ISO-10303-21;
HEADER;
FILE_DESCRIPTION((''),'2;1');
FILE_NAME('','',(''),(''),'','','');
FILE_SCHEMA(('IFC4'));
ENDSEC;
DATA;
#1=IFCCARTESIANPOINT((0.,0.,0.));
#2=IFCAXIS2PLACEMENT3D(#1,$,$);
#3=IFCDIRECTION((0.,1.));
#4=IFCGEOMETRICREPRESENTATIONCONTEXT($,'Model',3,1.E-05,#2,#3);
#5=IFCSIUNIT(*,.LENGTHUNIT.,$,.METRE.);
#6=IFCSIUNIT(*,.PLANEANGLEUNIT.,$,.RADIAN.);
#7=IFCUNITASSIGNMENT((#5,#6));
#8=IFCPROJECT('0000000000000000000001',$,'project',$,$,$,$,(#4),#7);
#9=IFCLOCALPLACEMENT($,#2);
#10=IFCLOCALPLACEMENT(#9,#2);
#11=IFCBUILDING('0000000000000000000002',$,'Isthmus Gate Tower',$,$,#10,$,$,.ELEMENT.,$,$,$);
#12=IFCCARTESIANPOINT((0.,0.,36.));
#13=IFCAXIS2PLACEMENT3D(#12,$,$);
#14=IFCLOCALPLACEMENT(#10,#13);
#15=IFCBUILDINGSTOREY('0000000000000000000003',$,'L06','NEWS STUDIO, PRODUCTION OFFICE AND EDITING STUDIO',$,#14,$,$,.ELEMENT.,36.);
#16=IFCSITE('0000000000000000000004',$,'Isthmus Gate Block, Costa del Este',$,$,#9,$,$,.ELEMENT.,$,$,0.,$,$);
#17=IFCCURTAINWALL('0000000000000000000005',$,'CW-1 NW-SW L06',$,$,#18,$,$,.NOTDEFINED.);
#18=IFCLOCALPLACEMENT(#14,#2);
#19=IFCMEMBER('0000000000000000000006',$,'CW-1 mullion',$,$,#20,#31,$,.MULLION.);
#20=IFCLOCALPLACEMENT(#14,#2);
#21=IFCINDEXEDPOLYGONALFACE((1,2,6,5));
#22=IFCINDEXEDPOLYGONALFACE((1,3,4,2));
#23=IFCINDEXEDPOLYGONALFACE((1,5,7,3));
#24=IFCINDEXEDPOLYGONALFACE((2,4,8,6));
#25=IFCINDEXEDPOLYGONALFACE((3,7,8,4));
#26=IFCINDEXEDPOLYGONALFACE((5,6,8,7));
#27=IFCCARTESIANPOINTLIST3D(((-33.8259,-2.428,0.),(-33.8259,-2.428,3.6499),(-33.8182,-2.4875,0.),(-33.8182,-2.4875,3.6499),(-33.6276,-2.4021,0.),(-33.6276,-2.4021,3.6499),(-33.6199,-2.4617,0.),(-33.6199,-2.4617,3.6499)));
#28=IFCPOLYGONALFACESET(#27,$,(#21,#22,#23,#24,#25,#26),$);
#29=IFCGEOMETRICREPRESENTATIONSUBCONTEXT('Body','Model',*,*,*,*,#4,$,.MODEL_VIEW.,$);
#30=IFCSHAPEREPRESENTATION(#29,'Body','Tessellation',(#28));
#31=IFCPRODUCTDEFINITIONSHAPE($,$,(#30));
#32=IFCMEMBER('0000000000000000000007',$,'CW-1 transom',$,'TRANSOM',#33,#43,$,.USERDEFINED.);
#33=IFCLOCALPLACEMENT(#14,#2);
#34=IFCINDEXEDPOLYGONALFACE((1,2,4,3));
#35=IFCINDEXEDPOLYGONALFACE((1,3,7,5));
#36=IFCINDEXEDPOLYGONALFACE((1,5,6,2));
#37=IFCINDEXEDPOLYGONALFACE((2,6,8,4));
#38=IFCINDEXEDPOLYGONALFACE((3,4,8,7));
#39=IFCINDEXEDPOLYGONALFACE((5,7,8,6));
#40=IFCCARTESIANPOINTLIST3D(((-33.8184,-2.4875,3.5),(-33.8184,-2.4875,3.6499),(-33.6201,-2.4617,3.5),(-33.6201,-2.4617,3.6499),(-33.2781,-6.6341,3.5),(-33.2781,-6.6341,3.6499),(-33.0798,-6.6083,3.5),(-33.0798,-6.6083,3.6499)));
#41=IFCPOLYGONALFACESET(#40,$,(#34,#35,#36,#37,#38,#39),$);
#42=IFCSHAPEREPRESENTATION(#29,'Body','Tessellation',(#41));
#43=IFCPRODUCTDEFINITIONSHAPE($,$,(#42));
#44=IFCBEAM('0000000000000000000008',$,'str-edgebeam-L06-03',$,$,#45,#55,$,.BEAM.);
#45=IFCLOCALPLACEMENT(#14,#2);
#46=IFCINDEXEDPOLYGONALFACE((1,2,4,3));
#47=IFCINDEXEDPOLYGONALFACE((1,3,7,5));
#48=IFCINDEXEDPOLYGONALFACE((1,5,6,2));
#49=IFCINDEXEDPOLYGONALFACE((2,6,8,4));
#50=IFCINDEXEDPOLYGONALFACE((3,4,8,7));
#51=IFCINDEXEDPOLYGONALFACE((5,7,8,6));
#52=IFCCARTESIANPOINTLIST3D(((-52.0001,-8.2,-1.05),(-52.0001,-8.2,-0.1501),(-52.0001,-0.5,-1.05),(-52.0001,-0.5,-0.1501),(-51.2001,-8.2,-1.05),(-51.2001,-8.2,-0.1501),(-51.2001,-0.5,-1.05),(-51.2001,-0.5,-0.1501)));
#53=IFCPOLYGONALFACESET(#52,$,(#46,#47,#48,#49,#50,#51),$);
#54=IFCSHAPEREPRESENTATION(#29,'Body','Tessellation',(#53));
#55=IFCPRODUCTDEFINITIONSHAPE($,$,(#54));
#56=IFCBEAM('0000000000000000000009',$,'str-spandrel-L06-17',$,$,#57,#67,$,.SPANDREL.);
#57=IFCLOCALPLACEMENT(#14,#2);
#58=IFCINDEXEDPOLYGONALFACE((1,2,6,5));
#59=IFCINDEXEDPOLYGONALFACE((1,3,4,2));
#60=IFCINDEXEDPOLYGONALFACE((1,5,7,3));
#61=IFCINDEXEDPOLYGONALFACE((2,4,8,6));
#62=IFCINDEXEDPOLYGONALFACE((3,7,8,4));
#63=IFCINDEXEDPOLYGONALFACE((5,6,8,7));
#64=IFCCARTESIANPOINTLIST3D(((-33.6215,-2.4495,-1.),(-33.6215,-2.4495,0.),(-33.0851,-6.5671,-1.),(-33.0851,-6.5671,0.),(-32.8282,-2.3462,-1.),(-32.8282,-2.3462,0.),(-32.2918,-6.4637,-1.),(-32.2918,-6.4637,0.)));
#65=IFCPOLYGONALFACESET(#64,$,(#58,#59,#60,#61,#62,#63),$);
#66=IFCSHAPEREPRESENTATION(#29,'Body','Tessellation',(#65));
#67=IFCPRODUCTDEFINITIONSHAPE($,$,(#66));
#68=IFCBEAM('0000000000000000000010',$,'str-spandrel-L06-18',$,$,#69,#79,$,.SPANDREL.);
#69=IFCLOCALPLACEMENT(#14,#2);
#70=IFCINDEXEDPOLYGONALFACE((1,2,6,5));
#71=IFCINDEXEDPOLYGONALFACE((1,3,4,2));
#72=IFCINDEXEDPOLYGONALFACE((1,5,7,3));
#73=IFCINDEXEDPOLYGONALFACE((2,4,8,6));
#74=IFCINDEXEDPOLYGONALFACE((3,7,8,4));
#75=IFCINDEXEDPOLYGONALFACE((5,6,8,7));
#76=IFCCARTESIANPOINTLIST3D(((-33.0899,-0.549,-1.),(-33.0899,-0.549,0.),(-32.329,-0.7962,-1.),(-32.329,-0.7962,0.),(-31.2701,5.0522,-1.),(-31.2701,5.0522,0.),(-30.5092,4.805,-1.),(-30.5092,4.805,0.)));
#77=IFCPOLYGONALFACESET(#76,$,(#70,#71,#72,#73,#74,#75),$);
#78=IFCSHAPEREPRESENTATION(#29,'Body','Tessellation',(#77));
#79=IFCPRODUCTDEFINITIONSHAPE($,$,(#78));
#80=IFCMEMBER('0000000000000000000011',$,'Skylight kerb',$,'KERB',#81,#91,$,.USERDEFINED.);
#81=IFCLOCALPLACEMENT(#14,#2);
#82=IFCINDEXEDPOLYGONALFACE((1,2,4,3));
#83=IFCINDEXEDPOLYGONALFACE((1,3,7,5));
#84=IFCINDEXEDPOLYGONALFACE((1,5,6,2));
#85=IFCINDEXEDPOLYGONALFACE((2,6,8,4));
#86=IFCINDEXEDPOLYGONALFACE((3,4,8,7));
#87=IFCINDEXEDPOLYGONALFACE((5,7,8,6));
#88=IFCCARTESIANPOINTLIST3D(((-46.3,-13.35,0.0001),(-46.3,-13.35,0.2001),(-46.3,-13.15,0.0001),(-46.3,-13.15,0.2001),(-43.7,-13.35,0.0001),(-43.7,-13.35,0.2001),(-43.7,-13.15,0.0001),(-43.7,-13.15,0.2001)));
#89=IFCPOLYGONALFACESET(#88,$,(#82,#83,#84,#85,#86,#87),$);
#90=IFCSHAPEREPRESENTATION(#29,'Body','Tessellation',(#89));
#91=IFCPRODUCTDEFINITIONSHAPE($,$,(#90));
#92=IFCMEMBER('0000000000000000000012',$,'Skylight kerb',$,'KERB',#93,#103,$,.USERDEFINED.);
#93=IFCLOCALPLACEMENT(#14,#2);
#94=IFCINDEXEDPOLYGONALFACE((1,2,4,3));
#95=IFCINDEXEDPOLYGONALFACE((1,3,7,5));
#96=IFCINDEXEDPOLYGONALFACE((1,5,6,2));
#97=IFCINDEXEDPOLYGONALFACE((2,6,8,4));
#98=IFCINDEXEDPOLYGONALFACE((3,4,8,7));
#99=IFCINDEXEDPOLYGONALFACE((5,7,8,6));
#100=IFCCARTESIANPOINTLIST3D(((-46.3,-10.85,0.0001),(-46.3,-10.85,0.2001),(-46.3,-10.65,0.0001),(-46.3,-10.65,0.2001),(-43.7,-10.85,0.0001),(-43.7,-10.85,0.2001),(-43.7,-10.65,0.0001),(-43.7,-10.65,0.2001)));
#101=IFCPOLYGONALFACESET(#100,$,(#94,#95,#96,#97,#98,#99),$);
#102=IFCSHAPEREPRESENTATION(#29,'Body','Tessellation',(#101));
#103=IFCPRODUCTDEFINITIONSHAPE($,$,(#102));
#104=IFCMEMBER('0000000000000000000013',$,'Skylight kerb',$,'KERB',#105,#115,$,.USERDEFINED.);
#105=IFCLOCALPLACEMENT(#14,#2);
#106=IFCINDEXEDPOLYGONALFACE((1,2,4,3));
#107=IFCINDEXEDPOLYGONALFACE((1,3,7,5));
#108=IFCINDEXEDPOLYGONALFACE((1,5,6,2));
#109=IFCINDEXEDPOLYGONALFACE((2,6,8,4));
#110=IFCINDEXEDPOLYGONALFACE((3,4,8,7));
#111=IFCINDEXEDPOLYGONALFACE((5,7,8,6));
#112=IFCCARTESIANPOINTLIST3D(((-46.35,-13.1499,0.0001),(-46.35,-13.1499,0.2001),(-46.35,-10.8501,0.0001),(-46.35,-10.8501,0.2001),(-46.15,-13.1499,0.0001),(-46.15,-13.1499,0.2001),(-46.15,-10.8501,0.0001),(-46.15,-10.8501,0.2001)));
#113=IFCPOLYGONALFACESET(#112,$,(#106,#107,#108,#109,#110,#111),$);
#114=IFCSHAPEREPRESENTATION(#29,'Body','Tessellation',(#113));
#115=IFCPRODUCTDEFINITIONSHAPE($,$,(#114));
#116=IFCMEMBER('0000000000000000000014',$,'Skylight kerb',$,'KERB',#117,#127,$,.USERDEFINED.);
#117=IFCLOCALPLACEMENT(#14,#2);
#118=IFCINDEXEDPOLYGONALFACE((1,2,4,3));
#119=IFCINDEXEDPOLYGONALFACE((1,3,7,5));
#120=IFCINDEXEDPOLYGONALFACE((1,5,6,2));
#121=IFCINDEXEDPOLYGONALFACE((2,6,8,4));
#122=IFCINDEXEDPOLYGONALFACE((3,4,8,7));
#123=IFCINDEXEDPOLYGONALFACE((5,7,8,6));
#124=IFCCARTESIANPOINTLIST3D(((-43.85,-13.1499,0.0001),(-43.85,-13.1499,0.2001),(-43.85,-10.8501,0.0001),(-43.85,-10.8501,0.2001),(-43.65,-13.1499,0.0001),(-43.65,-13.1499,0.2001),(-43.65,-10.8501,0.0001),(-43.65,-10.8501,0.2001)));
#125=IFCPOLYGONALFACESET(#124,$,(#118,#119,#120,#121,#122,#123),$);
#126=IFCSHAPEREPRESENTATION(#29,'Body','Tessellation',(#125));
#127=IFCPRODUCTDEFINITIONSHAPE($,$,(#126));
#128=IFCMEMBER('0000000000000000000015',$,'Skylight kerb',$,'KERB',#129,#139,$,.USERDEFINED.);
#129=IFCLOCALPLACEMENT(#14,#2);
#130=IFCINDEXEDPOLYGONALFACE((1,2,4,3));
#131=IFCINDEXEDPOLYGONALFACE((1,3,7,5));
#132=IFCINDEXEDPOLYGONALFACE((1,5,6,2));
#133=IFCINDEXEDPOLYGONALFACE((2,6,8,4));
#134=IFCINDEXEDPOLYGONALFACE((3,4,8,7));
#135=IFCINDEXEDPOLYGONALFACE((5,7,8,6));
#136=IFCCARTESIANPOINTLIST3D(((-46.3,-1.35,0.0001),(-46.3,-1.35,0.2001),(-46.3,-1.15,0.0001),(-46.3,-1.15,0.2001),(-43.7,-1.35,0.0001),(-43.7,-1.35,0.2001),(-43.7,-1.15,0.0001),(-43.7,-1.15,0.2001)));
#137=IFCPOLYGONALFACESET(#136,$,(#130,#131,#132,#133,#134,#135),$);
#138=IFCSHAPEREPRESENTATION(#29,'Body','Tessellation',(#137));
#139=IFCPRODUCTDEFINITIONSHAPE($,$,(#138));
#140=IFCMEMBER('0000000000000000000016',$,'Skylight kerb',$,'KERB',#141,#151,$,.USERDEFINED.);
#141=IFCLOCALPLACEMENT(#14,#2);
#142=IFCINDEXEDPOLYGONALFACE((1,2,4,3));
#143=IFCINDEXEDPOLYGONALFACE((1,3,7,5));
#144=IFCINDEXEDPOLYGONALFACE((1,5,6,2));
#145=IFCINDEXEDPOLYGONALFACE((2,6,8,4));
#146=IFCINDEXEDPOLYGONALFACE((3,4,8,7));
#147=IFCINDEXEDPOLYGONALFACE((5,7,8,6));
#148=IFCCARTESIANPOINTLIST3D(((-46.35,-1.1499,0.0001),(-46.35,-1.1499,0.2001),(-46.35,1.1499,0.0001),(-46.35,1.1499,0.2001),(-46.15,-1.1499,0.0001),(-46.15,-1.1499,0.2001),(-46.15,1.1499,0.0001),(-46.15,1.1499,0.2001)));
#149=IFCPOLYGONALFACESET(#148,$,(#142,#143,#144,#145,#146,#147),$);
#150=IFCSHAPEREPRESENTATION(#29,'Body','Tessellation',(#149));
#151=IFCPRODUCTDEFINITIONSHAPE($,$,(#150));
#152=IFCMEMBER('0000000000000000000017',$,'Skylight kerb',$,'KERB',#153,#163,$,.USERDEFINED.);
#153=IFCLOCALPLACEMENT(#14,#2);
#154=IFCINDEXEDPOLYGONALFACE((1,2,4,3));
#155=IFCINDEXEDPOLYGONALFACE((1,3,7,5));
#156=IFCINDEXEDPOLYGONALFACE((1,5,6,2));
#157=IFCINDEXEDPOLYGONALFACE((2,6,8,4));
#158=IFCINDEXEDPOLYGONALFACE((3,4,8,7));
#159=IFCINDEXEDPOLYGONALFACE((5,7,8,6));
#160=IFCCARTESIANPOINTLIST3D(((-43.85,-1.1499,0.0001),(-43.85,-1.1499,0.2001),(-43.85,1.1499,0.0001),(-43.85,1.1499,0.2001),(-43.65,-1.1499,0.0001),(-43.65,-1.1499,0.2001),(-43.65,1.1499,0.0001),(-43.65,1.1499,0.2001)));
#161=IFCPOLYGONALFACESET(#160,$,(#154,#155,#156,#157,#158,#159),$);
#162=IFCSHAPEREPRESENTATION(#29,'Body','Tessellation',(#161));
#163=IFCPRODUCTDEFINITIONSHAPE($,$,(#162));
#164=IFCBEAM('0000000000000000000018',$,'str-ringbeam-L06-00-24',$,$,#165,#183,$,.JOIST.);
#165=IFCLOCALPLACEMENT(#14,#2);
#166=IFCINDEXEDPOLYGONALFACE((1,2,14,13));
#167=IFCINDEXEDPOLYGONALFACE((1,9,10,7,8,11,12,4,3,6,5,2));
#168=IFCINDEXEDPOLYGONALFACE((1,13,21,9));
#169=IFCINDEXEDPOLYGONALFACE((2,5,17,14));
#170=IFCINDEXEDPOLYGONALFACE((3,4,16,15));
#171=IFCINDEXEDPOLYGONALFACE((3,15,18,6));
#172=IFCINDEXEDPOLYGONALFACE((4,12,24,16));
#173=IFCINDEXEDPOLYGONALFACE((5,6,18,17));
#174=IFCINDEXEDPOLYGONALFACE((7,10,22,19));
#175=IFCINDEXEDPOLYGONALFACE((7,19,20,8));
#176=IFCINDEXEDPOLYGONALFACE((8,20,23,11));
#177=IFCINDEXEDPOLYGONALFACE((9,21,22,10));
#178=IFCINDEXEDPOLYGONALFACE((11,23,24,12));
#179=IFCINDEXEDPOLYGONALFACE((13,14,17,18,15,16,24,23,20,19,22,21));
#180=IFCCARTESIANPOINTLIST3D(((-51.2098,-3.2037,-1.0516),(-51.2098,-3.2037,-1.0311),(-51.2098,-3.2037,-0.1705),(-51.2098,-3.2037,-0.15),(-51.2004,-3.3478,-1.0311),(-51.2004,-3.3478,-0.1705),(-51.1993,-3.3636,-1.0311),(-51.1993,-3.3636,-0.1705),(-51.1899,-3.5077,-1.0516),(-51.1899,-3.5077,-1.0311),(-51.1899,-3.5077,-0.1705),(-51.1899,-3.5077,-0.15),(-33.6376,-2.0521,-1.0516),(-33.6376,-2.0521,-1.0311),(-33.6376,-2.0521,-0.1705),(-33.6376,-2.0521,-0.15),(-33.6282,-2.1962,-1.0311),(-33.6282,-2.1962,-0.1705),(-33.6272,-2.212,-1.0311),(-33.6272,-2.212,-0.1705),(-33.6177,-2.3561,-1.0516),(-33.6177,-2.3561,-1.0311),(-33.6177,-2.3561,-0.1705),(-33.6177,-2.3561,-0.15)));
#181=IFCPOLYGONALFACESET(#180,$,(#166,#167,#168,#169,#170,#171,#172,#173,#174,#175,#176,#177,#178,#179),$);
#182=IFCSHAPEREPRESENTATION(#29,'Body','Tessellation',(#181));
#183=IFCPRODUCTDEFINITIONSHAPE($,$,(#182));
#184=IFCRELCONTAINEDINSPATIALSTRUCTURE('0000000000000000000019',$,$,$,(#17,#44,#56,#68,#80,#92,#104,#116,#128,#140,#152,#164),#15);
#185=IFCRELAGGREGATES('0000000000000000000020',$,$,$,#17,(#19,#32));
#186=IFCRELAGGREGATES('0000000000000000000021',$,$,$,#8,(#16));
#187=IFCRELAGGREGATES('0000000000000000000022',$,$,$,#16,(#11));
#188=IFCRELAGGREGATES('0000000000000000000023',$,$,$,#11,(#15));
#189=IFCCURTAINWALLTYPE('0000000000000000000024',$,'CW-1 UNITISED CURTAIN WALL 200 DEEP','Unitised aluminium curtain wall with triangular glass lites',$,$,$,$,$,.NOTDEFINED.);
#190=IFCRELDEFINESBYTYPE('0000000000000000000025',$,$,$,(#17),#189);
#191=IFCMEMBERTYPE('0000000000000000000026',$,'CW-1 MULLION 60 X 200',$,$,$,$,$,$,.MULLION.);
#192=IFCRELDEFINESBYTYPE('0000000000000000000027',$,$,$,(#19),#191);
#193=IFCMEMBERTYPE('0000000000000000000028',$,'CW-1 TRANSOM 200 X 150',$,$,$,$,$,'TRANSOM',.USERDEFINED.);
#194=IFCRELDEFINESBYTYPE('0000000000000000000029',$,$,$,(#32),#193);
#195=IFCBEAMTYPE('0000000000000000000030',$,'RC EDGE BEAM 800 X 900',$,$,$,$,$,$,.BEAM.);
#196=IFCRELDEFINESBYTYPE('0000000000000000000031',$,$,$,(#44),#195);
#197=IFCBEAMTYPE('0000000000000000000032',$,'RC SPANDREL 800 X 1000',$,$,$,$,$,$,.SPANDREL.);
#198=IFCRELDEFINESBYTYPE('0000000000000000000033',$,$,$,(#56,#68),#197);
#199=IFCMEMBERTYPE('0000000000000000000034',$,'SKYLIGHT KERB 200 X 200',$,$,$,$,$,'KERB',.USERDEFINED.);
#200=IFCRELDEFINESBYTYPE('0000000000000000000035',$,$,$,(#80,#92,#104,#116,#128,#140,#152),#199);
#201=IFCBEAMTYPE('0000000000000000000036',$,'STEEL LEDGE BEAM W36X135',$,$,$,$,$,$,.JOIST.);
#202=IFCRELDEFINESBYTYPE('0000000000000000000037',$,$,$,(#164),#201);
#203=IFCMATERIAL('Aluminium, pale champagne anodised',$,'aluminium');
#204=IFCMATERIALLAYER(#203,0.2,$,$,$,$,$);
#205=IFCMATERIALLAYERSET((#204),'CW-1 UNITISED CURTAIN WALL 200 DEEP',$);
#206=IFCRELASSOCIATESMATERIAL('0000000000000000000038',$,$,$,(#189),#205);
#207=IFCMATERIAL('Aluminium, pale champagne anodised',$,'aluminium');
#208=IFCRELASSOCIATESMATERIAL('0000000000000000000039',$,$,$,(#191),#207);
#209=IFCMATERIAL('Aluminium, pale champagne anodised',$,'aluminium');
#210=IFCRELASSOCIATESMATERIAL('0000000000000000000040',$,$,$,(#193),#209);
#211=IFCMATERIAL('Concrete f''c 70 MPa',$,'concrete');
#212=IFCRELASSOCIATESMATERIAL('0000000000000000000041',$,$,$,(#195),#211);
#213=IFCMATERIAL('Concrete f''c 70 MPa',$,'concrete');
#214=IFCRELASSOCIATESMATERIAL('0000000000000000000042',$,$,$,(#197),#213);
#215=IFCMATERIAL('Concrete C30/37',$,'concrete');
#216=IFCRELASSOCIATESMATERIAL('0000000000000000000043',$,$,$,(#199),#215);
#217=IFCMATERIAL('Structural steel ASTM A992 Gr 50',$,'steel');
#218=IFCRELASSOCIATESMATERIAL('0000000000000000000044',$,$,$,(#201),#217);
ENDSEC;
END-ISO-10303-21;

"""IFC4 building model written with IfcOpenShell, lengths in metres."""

from ifc_helpers import new_model, si_unit, direction, frame, origin, origin_2d, place, context, subcontext, project, spatial, rectangle, i_section, extrude, material, layer, layer_set, material_profile, profile_set, type_object, element, aggregate, save


model = new_model("IFC4")

# Units and contexts
model_context = context("Model", 3, precision=1e-05, world=origin(), true_north=direction((0.0, 1.0)))
body_context = subcontext(model_context, "Body", "Model", "MODEL_VIEW")
ifc_project = project(units=[si_unit("LENGTHUNIT", "METRE"), si_unit("PLANEANGLEUNIT", "RADIAN")], contexts=[model_context])

# Site, building, storey
site_placement = place(None, origin())
site = spatial("IfcSite", under=ifc_project, at=site_placement, Name="Isthmus Gate Block, Costa del Este", CompositionType="ELEMENT", RefElevation=0.0)
building_placement = place(site_placement, origin())
building = spatial("IfcBuilding", under=site, at=building_placement, Name="Isthmus Gate Tower", CompositionType="ELEMENT")
storey_placement = place(building_placement, frame((0.0, 0.0, 36.0)))
storey = spatial("IfcBuildingStorey", under=building, at=storey_placement, Name="L06", Description="NEWS STUDIO, PRODUCTION OFFICE AND EDITING STUDIO", CompositionType="ELEMENT", Elevation=36.0)

# Curtain wall, members
ifc_material_1 = material(Name="Aluminium, pale champagne anodised", Category="aluminium")
ifc_layer_1 = layer(ifc_material_1, 0.2)
ifc_layer_set_1 = layer_set([ifc_layer_1], Name="CW-1 UNITISED CURTAIN WALL 200 DEEP")
curtain_wall_type = type_object("IfcCurtainWallType", Name="CW-1 UNITISED CURTAIN WALL 200 DEEP", Description="Unitised aluminium curtain wall with triangular glass lites", PredefinedType="NOTDEFINED", material=ifc_layer_set_1)
curtain_wall_placement = place(storey_placement, origin())
curtain_wall = element("IfcCurtainWall", 1, at=curtain_wall_placement, inside=storey, type_object=curtain_wall_type, Name="CW-1 NW-SW L06", PredefinedType="NOTDEFINED")
ifc_material_2 = material(Name="Aluminium, pale champagne anodised", Category="aluminium")
ifc_material_profile_1 = material_profile(ifc_material_2, rectangle(XDim=0.0601, YDim=0.2, at=origin_2d()), Name="60x200")
ifc_profile_set_1 = profile_set([ifc_material_profile_1], Name="Aluminium, pale champagne anodised")
member_type_1 = type_object("IfcMemberType", Name="CW-1 MULLION 60 X 200", PredefinedType="MULLION", material=ifc_profile_set_1)
member_1_placement = place(storey_placement, frame((-33.7229, -2.4448, 0.0), z_axis=(0.0, 0.0, 1.0), x_axis=(0.129165, -0.991623, 0.0)))
member_1 = element("IfcMember", 2, at=member_1_placement, type_object=member_type_1, Name="CW-1 mullion", PredefinedType="MULLION", context=body_context, shape_type="SweptSolid", body=[
    extrude(rectangle(XDim=0.0601, YDim=0.2, at=origin_2d()), origin(), (0.0, 0.0, 1.0), 3.6499),
])
ifc_material_3 = material(Name="Aluminium, pale champagne anodised", Category="aluminium")
ifc_material_profile_2 = material_profile(ifc_material_3, rectangle(XDim=0.2, YDim=0.1499, at=origin_2d()), Name="200x150")
ifc_profile_set_2 = profile_set([ifc_material_profile_2], Name="Aluminium, pale champagne anodised")
member_type_2 = type_object("IfcMemberType", Name="CW-1 TRANSOM 200 X 150", ElementType="TRANSOM", PredefinedType="USERDEFINED", material=ifc_profile_set_2)
member_2_placement = place(storey_placement, frame((-33.7192, -2.4746, 3.575), z_axis=(0.129207, -0.991618, 0.0), x_axis=(0.991618, 0.129207, 0.0)))
member_2 = element("IfcMember", 3, at=member_2_placement, type_object=member_type_2, Name="CW-1 transom", ObjectType="TRANSOM", PredefinedType="USERDEFINED", context=body_context, shape_type="SweptSolid", body=[
    extrude(rectangle(XDim=0.2, YDim=0.1499, at=origin_2d()), origin(), (0.0, 0.0, 1.0), 4.1816),
])

# Beams
ifc_material_4 = material(Name="Concrete f'c 70 MPa", Category="concrete")
ifc_material_profile_3 = material_profile(ifc_material_4, rectangle(XDim=0.8, YDim=0.8999, at=origin_2d()), Name="RC 800X900")
ifc_profile_set_3 = profile_set([ifc_material_profile_3], Name="Concrete f'c 70 MPa")
beam_type_1 = type_object("IfcBeamType", Name="RC EDGE BEAM 800 X 900", PredefinedType="BEAM", material=ifc_profile_set_3)
beam_1_placement = place(storey_placement, frame((-51.6001, -8.2, -0.6001), z_axis=(0.0, 1.0, 0.0), x_axis=(-1.0, 0.0, 0.0)))
element("IfcBeam", 4, at=beam_1_placement, inside=storey, type_object=beam_type_1, Name="str-edgebeam-L06-03", PredefinedType="BEAM", context=body_context, shape_type="SweptSolid", body=[
    extrude(rectangle(XDim=0.8, YDim=0.8999, at=origin_2d()), origin(), (0.0, 0.0, 1.0), 7.7),
])
ifc_material_5 = material(Name="Concrete f'c 70 MPa", Category="concrete")
ifc_material_profile_4 = material_profile(ifc_material_5, rectangle(XDim=0.8, YDim=1.0, at=origin_2d()), Name="RC 800X1000")
ifc_profile_set_4 = profile_set([ifc_material_profile_4], Name="Concrete f'c 70 MPa")
beam_type_2 = type_object("IfcBeamType", Name="RC SPANDREL 800 X 1000", PredefinedType="SPANDREL", material=ifc_profile_set_4)
beam_2_placement = place(storey_placement, frame((-32.6885, -6.5154, -0.5), z_axis=(-0.129171, 0.991622, 0.0), x_axis=(-0.991622, -0.129171, 0.0)))
element("IfcBeam", 5, at=beam_2_placement, inside=storey, type_object=beam_type_2, Name="str-spandrel-L06-17", PredefinedType="SPANDREL", context=body_context, shape_type="SweptSolid", body=[
    extrude(rectangle(XDim=0.8, YDim=1.0, at=origin_2d()), origin(), (0.0, 0.0, 1.0), 4.1523),
])
beam_3_placement = place(storey_placement, frame((-32.7095, -0.6726, -0.5), z_axis=(0.309005, 0.95106, 0.0), x_axis=(-0.95106, 0.309005, 0.0)))
element("IfcBeam", 6, at=beam_3_placement, inside=storey, type_object=beam_type_2, Name="str-spandrel-L06-18", PredefinedType="SPANDREL", context=body_context, shape_type="SweptSolid", body=[
    extrude(rectangle(XDim=0.8, YDim=1.0, at=origin_2d()), origin(), (0.0, 0.0, 1.0), 5.8894),
])

# Members
ifc_material_6 = material(Name="Concrete C30/37", Category="concrete")
ifc_material_profile_5 = material_profile(ifc_material_6, rectangle(XDim=0.2, YDim=0.2, at=origin_2d()), Name="200x200")
ifc_profile_set_5 = profile_set([ifc_material_profile_5], Name="Concrete C30/37")
member_type_3 = type_object("IfcMemberType", Name="SKYLIGHT KERB 200 X 200", ElementType="KERB", PredefinedType="USERDEFINED", material=ifc_profile_set_5)
for number, where, z_axis, x_axis, name in (
    (7, (-46.3, -13.25, 0.1001), (1.0, 0.0, 0.0), (0.0, 1.0, 0.0), "Skylight kerb"),
    (8, (-46.3, -10.75, 0.1001), (1.0, 0.0, 0.0), (0.0, 1.0, 0.0), "Skylight kerb"),
):
    element("IfcMember", number, at=place(storey_placement, frame(where, z_axis=z_axis, x_axis=x_axis)), inside=storey, type_object=member_type_3, Name=name, ObjectType="KERB", PredefinedType="USERDEFINED", context=body_context, shape_type="SweptSolid", body=[
        extrude(rectangle(XDim=0.2, YDim=0.2, at=origin_2d()), origin(), (0.0, 0.0, 1.0), 2.6001),
    ])
for number, where, z_axis, x_axis, name in (
    (9, (-46.25, -13.1499, 0.1001), (0.0, 1.0, 0.0), (-1.0, 0.0, 0.0), "Skylight kerb"),
    (10, (-43.75, -13.1499, 0.1001), (0.0, 1.0, 0.0), (-1.0, 0.0, 0.0), "Skylight kerb"),
):
    element("IfcMember", number, at=place(storey_placement, frame(where, z_axis=z_axis, x_axis=x_axis)), inside=storey, type_object=member_type_3, Name=name, ObjectType="KERB", PredefinedType="USERDEFINED", context=body_context, shape_type="SweptSolid", body=[
        extrude(rectangle(XDim=0.2, YDim=0.2, at=origin_2d()), origin(), (0.0, 0.0, 1.0), 2.2998),
    ])
member_3_placement = place(storey_placement, frame((-46.3, -1.25, 0.1001), z_axis=(1.0, 0.0, 0.0), x_axis=(0.0, 1.0, 0.0)))
element("IfcMember", 11, at=member_3_placement, inside=storey, type_object=member_type_3, Name="Skylight kerb", ObjectType="KERB", PredefinedType="USERDEFINED", context=body_context, shape_type="SweptSolid", body=[
    extrude(rectangle(XDim=0.2, YDim=0.2, at=origin_2d()), origin(), (0.0, 0.0, 1.0), 2.6001),
])
for number, where, z_axis, x_axis, name in (
    (12, (-46.25, -1.1499, 0.1001), (0.0, 1.0, 0.0), (-1.0, 0.0, 0.0), "Skylight kerb"),
    (13, (-43.75, -1.1499, 0.1001), (0.0, 1.0, 0.0), (-1.0, 0.0, 0.0), "Skylight kerb"),
):
    element("IfcMember", number, at=place(storey_placement, frame(where, z_axis=z_axis, x_axis=x_axis)), inside=storey, type_object=member_type_3, Name=name, ObjectType="KERB", PredefinedType="USERDEFINED", context=body_context, shape_type="SweptSolid", body=[
        extrude(rectangle(XDim=0.2, YDim=0.2, at=origin_2d()), origin(), (0.0, 0.0, 1.0), 2.2998),
    ])

# Beam
ifc_material_7 = material(Name="Structural steel ASTM A992 Gr 50", Category="steel")
ifc_material_profile_6 = material_profile(ifc_material_7, i_section(OverallWidth=0.3047, OverallDepth=0.9016, WebThickness=0.0159, FlangeThickness=0.0205, at=origin_2d()), Name="W36X135")
ifc_profile_set_6 = profile_set([ifc_material_profile_6], Name="Structural steel ASTM A992 Gr 50")
beam_type_3 = type_object("IfcBeamType", Name="STEEL LEDGE BEAM W36X135", PredefinedType="JOIST", material=ifc_profile_set_6)
beam_4_placement = place(storey_placement, frame((-33.6277, -2.2041, -0.6008), z_axis=(-0.997859, -0.065395, 0.0), x_axis=(0.065395, -0.997859, 0.0)))
element("IfcBeam", 14, at=beam_4_placement, inside=storey, type_object=beam_type_3, Name="str-ringbeam-L06-00-24", PredefinedType="JOIST", context=body_context, shape_type="SweptSolid", body=[
    extrude(i_section(OverallWidth=0.3047, OverallDepth=0.9016, WebThickness=0.0159, FlangeThickness=0.0205, at=origin_2d()), origin(), (0.0, 0.0, 1.0), 17.6099),
])

aggregate(curtain_wall, [member_1, member_2])

save(model, "model.ifc")
